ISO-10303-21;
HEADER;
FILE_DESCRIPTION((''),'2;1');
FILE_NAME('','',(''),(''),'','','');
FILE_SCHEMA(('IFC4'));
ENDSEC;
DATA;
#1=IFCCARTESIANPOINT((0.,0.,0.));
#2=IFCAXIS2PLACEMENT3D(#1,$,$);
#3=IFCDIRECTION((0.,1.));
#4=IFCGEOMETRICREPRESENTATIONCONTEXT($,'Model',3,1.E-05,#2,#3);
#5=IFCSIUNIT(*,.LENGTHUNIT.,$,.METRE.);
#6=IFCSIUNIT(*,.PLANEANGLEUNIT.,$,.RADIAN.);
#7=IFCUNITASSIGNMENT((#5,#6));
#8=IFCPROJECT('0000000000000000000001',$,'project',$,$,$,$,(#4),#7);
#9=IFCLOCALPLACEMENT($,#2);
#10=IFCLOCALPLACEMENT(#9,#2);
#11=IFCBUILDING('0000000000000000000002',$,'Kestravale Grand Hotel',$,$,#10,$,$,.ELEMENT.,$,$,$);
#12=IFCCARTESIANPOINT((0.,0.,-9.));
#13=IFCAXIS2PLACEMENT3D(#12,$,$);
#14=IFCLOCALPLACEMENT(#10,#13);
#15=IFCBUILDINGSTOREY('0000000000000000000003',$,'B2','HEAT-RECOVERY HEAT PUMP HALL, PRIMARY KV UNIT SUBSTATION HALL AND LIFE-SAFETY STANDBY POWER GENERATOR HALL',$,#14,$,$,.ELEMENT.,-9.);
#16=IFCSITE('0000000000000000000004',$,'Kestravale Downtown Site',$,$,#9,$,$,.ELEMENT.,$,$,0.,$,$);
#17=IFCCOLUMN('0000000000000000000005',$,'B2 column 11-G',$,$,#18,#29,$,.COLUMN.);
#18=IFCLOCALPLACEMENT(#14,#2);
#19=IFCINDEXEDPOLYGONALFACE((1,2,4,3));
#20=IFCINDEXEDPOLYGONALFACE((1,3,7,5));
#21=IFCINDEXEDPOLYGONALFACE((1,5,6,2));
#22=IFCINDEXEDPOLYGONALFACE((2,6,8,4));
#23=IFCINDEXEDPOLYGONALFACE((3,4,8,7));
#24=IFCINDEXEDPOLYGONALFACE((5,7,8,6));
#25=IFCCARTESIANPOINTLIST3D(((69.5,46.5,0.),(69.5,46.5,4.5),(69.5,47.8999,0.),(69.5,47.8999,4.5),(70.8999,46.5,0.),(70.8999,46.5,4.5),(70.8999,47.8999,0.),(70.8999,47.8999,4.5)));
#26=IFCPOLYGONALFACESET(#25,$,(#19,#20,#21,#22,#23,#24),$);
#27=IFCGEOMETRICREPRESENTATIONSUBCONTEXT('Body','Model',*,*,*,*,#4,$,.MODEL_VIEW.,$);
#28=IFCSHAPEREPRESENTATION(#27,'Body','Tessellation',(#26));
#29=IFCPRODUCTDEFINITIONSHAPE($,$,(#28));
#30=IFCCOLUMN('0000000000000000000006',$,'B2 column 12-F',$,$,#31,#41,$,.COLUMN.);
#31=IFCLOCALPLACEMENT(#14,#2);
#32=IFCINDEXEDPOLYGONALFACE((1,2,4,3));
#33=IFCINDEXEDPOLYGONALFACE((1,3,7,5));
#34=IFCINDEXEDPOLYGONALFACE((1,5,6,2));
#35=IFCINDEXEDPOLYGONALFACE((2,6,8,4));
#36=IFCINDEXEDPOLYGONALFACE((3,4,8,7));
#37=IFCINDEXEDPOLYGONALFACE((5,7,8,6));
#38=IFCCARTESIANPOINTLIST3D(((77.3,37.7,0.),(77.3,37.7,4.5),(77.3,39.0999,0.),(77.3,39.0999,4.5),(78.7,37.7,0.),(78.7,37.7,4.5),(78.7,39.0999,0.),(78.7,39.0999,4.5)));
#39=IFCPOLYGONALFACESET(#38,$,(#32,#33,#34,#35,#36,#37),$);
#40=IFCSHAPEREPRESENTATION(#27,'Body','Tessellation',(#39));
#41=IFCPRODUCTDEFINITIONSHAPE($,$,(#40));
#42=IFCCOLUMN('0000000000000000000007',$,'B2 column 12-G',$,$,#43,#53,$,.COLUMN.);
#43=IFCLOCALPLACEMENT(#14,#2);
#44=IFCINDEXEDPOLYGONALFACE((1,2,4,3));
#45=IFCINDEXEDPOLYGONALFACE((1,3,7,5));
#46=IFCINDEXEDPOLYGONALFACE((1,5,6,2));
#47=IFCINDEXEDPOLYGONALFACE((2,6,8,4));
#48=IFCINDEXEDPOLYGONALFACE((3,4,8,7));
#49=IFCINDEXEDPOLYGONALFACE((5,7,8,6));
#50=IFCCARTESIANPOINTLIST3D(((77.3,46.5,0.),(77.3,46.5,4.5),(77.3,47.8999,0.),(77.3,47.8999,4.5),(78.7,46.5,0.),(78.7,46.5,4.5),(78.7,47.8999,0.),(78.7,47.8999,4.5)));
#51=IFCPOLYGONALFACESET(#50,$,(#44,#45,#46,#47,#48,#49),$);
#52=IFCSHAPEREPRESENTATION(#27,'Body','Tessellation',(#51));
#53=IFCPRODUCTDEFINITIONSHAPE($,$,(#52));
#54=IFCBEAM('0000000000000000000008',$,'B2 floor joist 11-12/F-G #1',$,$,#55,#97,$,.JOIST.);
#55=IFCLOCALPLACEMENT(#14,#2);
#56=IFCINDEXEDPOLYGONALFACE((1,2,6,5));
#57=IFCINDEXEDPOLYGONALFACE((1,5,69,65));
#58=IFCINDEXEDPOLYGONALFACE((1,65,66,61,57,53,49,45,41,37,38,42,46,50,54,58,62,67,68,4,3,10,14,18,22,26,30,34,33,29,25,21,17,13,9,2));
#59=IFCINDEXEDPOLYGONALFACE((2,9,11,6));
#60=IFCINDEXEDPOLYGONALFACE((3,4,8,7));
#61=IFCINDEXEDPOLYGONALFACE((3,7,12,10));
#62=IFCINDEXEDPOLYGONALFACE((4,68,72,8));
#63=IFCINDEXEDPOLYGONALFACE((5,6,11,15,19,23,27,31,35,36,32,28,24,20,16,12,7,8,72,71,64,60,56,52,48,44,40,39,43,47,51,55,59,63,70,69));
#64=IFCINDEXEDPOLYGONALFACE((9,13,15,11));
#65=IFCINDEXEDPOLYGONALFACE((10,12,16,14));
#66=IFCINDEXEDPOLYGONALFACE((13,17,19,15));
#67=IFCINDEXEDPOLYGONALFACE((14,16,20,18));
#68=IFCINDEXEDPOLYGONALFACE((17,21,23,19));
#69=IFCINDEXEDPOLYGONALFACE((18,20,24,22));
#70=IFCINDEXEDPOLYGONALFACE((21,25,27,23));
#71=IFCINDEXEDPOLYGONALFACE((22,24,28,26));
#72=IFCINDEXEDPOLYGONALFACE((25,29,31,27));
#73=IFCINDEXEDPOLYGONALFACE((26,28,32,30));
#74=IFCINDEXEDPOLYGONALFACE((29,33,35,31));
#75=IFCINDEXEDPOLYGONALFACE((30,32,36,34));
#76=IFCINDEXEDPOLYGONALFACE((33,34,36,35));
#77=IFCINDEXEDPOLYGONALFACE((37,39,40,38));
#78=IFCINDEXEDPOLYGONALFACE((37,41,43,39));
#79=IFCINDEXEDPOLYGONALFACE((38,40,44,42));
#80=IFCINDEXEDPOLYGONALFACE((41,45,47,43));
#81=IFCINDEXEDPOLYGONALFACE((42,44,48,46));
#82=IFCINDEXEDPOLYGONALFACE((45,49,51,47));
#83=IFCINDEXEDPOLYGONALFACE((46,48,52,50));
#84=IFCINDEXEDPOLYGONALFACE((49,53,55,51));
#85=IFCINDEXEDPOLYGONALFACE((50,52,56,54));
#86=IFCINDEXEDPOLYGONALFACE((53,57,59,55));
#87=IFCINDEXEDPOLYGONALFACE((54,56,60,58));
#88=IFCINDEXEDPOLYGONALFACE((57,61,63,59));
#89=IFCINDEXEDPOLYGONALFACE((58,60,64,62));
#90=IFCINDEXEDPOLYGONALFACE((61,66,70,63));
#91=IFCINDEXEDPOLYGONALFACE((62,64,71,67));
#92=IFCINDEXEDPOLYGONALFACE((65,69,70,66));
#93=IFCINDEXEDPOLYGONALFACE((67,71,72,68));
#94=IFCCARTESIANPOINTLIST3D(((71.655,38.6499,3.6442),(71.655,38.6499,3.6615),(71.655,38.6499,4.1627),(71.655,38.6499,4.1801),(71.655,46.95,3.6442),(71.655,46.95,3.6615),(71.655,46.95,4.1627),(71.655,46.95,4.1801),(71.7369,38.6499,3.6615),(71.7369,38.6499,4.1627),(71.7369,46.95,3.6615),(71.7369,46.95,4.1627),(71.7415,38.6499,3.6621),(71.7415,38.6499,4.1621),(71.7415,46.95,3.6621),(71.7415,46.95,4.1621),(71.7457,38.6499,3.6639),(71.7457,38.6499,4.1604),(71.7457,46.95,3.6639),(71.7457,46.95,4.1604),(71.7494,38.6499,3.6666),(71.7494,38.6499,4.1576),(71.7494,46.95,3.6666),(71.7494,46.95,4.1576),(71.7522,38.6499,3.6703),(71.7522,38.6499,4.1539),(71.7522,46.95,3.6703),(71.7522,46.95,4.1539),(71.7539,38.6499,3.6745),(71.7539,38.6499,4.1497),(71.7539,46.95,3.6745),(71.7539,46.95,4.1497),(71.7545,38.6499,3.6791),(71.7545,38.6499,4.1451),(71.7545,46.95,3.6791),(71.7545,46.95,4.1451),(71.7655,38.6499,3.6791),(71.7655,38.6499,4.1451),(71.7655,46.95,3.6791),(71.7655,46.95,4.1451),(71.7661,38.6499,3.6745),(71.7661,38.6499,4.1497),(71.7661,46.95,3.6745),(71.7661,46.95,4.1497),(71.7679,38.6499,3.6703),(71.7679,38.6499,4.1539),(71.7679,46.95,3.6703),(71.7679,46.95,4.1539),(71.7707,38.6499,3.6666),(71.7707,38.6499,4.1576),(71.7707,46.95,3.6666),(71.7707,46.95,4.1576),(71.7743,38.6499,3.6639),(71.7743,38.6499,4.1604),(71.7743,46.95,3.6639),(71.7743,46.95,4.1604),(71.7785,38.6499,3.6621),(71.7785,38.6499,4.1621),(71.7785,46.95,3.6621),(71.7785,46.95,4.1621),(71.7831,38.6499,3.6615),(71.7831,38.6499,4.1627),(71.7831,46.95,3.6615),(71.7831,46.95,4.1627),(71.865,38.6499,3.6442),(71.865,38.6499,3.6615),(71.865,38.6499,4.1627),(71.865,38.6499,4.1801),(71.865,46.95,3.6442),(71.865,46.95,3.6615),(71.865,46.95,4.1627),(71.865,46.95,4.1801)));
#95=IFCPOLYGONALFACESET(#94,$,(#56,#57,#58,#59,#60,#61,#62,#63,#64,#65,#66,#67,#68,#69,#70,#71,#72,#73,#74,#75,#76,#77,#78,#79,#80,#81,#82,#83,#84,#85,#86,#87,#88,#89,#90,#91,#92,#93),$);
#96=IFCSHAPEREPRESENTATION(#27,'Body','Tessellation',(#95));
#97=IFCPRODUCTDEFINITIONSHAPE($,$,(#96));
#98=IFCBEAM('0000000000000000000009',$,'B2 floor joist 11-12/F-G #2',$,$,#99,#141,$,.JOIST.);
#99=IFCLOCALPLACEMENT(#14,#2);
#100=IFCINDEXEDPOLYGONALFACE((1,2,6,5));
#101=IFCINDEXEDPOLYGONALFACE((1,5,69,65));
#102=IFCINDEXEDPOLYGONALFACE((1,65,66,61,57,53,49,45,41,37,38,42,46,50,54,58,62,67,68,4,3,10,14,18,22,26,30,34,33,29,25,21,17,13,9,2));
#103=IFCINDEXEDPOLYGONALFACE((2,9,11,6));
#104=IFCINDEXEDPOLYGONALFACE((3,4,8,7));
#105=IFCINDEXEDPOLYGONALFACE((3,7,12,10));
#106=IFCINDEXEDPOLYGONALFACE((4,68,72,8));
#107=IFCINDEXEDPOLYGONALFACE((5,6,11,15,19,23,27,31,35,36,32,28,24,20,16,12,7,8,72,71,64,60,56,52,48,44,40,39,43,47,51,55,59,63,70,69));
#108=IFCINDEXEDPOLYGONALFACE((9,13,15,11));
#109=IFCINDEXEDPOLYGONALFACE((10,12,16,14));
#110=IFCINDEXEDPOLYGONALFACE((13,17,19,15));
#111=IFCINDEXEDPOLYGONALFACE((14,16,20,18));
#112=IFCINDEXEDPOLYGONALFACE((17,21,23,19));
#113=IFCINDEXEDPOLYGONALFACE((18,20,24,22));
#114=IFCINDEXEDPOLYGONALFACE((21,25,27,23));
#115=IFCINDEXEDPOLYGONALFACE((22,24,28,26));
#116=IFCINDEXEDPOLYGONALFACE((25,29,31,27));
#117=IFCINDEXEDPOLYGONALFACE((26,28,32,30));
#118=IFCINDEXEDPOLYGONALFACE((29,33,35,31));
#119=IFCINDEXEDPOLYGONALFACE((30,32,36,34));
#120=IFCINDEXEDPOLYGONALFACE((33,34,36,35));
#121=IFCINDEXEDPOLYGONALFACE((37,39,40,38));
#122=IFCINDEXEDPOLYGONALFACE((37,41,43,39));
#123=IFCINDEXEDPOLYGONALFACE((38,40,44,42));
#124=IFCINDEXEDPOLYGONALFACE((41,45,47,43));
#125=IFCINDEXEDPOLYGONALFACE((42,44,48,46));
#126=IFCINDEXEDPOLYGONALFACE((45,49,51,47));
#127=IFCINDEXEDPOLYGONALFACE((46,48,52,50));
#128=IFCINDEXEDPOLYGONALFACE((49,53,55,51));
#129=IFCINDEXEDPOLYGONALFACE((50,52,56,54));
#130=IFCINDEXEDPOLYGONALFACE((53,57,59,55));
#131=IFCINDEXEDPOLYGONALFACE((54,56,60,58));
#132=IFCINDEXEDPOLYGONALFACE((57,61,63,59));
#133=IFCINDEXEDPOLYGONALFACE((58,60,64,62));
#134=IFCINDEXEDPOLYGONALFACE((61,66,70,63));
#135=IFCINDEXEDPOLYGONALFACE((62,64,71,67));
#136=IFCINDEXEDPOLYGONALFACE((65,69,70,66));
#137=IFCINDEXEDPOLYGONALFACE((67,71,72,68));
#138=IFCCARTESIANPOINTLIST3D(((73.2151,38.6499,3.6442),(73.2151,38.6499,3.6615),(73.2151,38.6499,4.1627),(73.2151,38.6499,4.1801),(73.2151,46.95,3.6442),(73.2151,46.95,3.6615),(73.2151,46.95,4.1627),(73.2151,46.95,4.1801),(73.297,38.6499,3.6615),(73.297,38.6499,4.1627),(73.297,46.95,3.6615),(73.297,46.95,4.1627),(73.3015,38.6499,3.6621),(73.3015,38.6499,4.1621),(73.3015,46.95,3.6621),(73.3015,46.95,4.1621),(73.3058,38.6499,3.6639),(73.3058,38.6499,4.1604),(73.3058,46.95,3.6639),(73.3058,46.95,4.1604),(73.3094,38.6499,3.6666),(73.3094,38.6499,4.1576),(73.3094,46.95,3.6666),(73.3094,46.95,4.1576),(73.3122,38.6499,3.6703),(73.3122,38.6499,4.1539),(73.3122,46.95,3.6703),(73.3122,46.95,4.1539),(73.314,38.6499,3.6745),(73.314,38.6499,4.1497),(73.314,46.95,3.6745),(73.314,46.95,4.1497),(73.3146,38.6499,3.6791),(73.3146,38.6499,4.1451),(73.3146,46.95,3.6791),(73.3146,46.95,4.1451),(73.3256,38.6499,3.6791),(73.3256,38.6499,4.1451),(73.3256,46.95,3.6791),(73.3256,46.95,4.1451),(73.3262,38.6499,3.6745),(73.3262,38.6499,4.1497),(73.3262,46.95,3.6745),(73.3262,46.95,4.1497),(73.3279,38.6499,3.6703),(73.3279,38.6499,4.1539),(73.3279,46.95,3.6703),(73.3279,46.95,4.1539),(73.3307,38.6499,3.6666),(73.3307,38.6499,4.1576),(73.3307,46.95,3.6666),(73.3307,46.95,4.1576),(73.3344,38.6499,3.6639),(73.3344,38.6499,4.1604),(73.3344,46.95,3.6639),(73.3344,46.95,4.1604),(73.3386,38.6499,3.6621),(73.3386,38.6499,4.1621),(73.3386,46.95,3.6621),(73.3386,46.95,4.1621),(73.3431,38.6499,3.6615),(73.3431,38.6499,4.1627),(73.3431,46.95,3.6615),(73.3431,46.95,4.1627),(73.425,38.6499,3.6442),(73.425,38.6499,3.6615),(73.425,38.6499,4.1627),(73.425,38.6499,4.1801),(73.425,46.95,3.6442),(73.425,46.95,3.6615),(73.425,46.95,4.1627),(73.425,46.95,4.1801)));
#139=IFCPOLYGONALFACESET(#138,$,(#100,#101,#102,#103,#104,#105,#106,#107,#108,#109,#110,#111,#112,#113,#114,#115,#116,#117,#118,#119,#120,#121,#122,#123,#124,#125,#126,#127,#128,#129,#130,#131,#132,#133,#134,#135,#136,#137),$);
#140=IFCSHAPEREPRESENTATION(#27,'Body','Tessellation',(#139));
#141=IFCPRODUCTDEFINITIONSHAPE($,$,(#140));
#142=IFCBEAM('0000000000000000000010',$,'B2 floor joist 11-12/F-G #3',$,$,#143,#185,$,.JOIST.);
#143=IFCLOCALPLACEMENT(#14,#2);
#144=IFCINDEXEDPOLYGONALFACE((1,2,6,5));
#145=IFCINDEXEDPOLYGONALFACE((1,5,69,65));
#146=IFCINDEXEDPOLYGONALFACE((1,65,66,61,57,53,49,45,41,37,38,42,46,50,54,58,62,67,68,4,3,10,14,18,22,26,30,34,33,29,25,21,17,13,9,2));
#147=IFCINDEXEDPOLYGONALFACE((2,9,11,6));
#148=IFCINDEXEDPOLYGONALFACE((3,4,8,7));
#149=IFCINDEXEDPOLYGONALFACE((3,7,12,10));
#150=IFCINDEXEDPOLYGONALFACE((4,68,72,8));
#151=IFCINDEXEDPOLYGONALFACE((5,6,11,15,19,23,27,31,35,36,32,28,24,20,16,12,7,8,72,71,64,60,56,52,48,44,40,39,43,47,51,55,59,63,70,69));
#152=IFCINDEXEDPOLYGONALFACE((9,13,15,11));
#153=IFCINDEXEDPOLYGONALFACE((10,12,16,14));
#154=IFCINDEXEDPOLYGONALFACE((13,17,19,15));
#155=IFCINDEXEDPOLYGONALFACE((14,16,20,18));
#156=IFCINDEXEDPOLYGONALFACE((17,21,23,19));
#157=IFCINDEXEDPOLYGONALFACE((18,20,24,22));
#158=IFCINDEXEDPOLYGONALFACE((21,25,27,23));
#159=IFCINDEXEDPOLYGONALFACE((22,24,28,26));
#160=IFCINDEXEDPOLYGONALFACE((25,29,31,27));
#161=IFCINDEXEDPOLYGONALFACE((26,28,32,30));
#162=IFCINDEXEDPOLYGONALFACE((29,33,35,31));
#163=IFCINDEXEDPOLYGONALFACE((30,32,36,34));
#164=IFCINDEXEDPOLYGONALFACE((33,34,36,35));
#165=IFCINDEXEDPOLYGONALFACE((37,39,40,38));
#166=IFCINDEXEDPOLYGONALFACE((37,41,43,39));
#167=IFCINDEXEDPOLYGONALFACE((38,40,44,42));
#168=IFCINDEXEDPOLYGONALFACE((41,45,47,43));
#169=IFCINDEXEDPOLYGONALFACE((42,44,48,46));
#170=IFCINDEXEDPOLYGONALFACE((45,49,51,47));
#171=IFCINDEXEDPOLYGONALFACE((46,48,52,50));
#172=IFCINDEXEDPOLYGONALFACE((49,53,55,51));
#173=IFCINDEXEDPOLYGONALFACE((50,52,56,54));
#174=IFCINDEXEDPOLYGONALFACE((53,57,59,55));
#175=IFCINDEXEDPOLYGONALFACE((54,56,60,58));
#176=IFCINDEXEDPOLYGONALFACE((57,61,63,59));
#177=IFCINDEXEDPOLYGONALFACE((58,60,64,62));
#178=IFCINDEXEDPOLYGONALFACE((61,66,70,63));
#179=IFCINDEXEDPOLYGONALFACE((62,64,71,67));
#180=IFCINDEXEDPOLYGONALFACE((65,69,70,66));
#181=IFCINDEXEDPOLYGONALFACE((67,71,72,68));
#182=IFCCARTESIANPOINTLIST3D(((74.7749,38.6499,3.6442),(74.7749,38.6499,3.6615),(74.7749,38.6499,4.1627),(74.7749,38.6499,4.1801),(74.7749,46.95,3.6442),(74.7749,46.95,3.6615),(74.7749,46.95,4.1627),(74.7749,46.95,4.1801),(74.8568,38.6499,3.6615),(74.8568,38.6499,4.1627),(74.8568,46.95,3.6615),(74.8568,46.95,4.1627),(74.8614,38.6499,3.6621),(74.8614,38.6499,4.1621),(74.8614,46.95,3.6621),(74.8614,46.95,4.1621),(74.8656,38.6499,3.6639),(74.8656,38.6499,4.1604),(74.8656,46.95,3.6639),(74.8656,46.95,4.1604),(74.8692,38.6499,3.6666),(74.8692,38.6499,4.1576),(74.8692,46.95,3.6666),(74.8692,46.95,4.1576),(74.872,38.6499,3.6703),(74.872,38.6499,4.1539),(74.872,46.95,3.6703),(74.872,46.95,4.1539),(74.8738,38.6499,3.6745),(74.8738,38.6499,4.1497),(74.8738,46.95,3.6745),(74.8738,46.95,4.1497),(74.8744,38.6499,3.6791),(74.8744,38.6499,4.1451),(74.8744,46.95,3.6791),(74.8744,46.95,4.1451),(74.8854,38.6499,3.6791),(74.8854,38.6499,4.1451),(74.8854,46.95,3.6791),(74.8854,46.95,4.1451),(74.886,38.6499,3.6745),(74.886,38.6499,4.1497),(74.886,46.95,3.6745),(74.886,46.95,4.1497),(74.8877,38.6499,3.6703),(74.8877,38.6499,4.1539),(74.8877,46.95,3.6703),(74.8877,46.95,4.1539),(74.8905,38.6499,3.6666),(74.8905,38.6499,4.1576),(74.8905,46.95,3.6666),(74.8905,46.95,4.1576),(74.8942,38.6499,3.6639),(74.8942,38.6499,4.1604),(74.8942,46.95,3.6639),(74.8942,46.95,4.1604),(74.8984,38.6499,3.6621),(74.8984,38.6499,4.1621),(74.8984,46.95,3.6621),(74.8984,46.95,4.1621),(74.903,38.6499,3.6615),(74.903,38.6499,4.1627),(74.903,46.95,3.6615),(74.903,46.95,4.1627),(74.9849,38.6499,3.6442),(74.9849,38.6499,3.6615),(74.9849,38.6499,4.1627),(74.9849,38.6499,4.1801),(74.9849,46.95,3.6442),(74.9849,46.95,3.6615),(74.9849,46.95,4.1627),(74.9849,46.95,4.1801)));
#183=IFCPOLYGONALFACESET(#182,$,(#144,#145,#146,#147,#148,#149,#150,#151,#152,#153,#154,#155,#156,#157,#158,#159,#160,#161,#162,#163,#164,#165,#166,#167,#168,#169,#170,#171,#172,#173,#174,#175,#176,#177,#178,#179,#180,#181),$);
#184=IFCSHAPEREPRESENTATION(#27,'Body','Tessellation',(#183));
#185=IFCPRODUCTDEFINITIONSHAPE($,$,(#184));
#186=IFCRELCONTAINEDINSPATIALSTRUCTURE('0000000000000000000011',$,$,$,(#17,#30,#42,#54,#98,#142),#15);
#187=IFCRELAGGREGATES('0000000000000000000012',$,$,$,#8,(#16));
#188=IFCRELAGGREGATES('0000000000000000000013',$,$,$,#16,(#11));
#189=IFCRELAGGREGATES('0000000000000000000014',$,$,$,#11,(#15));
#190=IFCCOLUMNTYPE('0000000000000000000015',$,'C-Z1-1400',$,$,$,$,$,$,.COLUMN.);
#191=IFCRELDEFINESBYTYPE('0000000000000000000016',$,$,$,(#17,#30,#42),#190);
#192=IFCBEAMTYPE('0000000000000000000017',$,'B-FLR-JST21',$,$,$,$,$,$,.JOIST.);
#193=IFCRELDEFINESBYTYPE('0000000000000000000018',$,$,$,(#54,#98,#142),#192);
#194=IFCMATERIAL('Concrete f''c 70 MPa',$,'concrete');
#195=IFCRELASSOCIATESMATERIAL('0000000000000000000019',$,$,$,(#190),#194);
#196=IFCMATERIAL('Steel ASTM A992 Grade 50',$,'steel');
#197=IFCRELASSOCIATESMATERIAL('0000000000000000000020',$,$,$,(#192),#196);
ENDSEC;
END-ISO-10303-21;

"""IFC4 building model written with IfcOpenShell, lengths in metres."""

from ifc_helpers import new_model, si_unit, direction, frame, origin, origin_2d, place, context, subcontext, project, spatial, rectangle, i_section, extrude, material, material_profile, profile_set, type_object, element, save


model = new_model("IFC4")

# Units and contexts
model_context = context("Model", 3, precision=1e-05, world=origin(), true_north=direction((0.0, 1.0)))
body_context = subcontext(model_context, "Body", "Model", "MODEL_VIEW")
ifc_project = project(units=[si_unit("LENGTHUNIT", "METRE"), si_unit("PLANEANGLEUNIT", "RADIAN")], contexts=[model_context])

# Site, building, storey
site_placement = place(None, origin())
site = spatial("IfcSite", under=ifc_project, at=site_placement, Name="Kestravale Downtown Site", CompositionType="ELEMENT", RefElevation=0.0)
building_placement = place(site_placement, origin())
building = spatial("IfcBuilding", under=site, at=building_placement, Name="Kestravale Grand Hotel", CompositionType="ELEMENT")
storey_placement = place(building_placement, frame((0.0, 0.0, -9.0)))
storey = spatial("IfcBuildingStorey", under=building, at=storey_placement, Name="B2", Description="HEAT-RECOVERY HEAT PUMP HALL, PRIMARY KV UNIT SUBSTATION HALL AND LIFE-SAFETY STANDBY POWER GENERATOR HALL", CompositionType="ELEMENT", Elevation=-9.0)

# Columns
ifc_material_1 = material(Name="Concrete f'c 70 MPa", Category="concrete")
ifc_material_profile_1 = material_profile(ifc_material_1, rectangle(XDim=1.3999, YDim=1.3999, at=origin_2d()))
ifc_profile_set_1 = profile_set([ifc_material_profile_1], Name="Concrete f'c 70 MPa")
column_type = type_object("IfcColumnType", Name="C-Z1-1400", PredefinedType="COLUMN", material=ifc_profile_set_1)
for number, where, z_axis, x_axis, name in (
    (1, (70.2, 47.2, 0.0), (0.0, 0.0, 1.0), (1.0, 0.0, 0.0), "B2 column 11-G"),
    (2, (78.0, 38.3999, 0.0), (0.0, 0.0, 1.0), (1.0, 0.0, 0.0), "B2 column 12-F"),
    (3, (78.0, 47.2, 0.0), (0.0, 0.0, 1.0), (1.0, 0.0, 0.0), "B2 column 12-G"),
):
    element("IfcColumn", number, at=place(storey_placement, frame(where, z_axis=z_axis, x_axis=x_axis)), inside=storey, type_object=column_type, Name=name, PredefinedType="COLUMN", context=body_context, shape_type="SweptSolid", body=[
        extrude(rectangle(XDim=1.3999, YDim=1.3999, at=origin_2d()), origin(), (0.0, 0.0, 1.0), 4.5),
    ])

# Beams
ifc_material_2 = material(Name="Steel ASTM A992 Grade 50", Category="steel")
ifc_material_profile_2 = material_profile(ifc_material_2, i_section(OverallWidth=0.21, OverallDepth=0.5359, WebThickness=0.011, FlangeThickness=0.0173, FilletRadius=0.0176, at=origin_2d()))
ifc_profile_set_2 = profile_set([ifc_material_profile_2], Name="Steel ASTM A992 Grade 50")
beam_type_1 = type_object("IfcBeamType", Name="B-FLR-JST21", PredefinedType="JOIST", material=ifc_profile_set_2)
for number, where, z_axis, x_axis, name in (
    (4, (71.76, 38.6499, 3.9121), (0.0, 1.0, 0.0), (-1.0, 0.0, 0.0), "B2 floor joist 11-12/F-G #1"),
    (5, (73.3201, 38.6499, 3.9121), (0.0, 1.0, 0.0), (-1.0, 0.0, 0.0), "B2 floor joist 11-12/F-G #2"),
    (6, (74.8799, 38.6499, 3.9121), (0.0, 1.0, 0.0), (-1.0, 0.0, 0.0), "B2 floor joist 11-12/F-G #3"),
):
    element("IfcBeam", number, at=place(storey_placement, frame(where, z_axis=z_axis, x_axis=x_axis)), inside=storey, type_object=beam_type_1, Name=name, PredefinedType="JOIST", context=body_context, shape_type="SweptSolid", body=[
        extrude(i_section(OverallWidth=0.21, OverallDepth=0.5359, WebThickness=0.011, FlangeThickness=0.0173, FilletRadius=0.0176, at=origin_2d()), origin(), (0.0, 0.0, 1.0), 8.3),
    ])

save(model, "model.ifc")
